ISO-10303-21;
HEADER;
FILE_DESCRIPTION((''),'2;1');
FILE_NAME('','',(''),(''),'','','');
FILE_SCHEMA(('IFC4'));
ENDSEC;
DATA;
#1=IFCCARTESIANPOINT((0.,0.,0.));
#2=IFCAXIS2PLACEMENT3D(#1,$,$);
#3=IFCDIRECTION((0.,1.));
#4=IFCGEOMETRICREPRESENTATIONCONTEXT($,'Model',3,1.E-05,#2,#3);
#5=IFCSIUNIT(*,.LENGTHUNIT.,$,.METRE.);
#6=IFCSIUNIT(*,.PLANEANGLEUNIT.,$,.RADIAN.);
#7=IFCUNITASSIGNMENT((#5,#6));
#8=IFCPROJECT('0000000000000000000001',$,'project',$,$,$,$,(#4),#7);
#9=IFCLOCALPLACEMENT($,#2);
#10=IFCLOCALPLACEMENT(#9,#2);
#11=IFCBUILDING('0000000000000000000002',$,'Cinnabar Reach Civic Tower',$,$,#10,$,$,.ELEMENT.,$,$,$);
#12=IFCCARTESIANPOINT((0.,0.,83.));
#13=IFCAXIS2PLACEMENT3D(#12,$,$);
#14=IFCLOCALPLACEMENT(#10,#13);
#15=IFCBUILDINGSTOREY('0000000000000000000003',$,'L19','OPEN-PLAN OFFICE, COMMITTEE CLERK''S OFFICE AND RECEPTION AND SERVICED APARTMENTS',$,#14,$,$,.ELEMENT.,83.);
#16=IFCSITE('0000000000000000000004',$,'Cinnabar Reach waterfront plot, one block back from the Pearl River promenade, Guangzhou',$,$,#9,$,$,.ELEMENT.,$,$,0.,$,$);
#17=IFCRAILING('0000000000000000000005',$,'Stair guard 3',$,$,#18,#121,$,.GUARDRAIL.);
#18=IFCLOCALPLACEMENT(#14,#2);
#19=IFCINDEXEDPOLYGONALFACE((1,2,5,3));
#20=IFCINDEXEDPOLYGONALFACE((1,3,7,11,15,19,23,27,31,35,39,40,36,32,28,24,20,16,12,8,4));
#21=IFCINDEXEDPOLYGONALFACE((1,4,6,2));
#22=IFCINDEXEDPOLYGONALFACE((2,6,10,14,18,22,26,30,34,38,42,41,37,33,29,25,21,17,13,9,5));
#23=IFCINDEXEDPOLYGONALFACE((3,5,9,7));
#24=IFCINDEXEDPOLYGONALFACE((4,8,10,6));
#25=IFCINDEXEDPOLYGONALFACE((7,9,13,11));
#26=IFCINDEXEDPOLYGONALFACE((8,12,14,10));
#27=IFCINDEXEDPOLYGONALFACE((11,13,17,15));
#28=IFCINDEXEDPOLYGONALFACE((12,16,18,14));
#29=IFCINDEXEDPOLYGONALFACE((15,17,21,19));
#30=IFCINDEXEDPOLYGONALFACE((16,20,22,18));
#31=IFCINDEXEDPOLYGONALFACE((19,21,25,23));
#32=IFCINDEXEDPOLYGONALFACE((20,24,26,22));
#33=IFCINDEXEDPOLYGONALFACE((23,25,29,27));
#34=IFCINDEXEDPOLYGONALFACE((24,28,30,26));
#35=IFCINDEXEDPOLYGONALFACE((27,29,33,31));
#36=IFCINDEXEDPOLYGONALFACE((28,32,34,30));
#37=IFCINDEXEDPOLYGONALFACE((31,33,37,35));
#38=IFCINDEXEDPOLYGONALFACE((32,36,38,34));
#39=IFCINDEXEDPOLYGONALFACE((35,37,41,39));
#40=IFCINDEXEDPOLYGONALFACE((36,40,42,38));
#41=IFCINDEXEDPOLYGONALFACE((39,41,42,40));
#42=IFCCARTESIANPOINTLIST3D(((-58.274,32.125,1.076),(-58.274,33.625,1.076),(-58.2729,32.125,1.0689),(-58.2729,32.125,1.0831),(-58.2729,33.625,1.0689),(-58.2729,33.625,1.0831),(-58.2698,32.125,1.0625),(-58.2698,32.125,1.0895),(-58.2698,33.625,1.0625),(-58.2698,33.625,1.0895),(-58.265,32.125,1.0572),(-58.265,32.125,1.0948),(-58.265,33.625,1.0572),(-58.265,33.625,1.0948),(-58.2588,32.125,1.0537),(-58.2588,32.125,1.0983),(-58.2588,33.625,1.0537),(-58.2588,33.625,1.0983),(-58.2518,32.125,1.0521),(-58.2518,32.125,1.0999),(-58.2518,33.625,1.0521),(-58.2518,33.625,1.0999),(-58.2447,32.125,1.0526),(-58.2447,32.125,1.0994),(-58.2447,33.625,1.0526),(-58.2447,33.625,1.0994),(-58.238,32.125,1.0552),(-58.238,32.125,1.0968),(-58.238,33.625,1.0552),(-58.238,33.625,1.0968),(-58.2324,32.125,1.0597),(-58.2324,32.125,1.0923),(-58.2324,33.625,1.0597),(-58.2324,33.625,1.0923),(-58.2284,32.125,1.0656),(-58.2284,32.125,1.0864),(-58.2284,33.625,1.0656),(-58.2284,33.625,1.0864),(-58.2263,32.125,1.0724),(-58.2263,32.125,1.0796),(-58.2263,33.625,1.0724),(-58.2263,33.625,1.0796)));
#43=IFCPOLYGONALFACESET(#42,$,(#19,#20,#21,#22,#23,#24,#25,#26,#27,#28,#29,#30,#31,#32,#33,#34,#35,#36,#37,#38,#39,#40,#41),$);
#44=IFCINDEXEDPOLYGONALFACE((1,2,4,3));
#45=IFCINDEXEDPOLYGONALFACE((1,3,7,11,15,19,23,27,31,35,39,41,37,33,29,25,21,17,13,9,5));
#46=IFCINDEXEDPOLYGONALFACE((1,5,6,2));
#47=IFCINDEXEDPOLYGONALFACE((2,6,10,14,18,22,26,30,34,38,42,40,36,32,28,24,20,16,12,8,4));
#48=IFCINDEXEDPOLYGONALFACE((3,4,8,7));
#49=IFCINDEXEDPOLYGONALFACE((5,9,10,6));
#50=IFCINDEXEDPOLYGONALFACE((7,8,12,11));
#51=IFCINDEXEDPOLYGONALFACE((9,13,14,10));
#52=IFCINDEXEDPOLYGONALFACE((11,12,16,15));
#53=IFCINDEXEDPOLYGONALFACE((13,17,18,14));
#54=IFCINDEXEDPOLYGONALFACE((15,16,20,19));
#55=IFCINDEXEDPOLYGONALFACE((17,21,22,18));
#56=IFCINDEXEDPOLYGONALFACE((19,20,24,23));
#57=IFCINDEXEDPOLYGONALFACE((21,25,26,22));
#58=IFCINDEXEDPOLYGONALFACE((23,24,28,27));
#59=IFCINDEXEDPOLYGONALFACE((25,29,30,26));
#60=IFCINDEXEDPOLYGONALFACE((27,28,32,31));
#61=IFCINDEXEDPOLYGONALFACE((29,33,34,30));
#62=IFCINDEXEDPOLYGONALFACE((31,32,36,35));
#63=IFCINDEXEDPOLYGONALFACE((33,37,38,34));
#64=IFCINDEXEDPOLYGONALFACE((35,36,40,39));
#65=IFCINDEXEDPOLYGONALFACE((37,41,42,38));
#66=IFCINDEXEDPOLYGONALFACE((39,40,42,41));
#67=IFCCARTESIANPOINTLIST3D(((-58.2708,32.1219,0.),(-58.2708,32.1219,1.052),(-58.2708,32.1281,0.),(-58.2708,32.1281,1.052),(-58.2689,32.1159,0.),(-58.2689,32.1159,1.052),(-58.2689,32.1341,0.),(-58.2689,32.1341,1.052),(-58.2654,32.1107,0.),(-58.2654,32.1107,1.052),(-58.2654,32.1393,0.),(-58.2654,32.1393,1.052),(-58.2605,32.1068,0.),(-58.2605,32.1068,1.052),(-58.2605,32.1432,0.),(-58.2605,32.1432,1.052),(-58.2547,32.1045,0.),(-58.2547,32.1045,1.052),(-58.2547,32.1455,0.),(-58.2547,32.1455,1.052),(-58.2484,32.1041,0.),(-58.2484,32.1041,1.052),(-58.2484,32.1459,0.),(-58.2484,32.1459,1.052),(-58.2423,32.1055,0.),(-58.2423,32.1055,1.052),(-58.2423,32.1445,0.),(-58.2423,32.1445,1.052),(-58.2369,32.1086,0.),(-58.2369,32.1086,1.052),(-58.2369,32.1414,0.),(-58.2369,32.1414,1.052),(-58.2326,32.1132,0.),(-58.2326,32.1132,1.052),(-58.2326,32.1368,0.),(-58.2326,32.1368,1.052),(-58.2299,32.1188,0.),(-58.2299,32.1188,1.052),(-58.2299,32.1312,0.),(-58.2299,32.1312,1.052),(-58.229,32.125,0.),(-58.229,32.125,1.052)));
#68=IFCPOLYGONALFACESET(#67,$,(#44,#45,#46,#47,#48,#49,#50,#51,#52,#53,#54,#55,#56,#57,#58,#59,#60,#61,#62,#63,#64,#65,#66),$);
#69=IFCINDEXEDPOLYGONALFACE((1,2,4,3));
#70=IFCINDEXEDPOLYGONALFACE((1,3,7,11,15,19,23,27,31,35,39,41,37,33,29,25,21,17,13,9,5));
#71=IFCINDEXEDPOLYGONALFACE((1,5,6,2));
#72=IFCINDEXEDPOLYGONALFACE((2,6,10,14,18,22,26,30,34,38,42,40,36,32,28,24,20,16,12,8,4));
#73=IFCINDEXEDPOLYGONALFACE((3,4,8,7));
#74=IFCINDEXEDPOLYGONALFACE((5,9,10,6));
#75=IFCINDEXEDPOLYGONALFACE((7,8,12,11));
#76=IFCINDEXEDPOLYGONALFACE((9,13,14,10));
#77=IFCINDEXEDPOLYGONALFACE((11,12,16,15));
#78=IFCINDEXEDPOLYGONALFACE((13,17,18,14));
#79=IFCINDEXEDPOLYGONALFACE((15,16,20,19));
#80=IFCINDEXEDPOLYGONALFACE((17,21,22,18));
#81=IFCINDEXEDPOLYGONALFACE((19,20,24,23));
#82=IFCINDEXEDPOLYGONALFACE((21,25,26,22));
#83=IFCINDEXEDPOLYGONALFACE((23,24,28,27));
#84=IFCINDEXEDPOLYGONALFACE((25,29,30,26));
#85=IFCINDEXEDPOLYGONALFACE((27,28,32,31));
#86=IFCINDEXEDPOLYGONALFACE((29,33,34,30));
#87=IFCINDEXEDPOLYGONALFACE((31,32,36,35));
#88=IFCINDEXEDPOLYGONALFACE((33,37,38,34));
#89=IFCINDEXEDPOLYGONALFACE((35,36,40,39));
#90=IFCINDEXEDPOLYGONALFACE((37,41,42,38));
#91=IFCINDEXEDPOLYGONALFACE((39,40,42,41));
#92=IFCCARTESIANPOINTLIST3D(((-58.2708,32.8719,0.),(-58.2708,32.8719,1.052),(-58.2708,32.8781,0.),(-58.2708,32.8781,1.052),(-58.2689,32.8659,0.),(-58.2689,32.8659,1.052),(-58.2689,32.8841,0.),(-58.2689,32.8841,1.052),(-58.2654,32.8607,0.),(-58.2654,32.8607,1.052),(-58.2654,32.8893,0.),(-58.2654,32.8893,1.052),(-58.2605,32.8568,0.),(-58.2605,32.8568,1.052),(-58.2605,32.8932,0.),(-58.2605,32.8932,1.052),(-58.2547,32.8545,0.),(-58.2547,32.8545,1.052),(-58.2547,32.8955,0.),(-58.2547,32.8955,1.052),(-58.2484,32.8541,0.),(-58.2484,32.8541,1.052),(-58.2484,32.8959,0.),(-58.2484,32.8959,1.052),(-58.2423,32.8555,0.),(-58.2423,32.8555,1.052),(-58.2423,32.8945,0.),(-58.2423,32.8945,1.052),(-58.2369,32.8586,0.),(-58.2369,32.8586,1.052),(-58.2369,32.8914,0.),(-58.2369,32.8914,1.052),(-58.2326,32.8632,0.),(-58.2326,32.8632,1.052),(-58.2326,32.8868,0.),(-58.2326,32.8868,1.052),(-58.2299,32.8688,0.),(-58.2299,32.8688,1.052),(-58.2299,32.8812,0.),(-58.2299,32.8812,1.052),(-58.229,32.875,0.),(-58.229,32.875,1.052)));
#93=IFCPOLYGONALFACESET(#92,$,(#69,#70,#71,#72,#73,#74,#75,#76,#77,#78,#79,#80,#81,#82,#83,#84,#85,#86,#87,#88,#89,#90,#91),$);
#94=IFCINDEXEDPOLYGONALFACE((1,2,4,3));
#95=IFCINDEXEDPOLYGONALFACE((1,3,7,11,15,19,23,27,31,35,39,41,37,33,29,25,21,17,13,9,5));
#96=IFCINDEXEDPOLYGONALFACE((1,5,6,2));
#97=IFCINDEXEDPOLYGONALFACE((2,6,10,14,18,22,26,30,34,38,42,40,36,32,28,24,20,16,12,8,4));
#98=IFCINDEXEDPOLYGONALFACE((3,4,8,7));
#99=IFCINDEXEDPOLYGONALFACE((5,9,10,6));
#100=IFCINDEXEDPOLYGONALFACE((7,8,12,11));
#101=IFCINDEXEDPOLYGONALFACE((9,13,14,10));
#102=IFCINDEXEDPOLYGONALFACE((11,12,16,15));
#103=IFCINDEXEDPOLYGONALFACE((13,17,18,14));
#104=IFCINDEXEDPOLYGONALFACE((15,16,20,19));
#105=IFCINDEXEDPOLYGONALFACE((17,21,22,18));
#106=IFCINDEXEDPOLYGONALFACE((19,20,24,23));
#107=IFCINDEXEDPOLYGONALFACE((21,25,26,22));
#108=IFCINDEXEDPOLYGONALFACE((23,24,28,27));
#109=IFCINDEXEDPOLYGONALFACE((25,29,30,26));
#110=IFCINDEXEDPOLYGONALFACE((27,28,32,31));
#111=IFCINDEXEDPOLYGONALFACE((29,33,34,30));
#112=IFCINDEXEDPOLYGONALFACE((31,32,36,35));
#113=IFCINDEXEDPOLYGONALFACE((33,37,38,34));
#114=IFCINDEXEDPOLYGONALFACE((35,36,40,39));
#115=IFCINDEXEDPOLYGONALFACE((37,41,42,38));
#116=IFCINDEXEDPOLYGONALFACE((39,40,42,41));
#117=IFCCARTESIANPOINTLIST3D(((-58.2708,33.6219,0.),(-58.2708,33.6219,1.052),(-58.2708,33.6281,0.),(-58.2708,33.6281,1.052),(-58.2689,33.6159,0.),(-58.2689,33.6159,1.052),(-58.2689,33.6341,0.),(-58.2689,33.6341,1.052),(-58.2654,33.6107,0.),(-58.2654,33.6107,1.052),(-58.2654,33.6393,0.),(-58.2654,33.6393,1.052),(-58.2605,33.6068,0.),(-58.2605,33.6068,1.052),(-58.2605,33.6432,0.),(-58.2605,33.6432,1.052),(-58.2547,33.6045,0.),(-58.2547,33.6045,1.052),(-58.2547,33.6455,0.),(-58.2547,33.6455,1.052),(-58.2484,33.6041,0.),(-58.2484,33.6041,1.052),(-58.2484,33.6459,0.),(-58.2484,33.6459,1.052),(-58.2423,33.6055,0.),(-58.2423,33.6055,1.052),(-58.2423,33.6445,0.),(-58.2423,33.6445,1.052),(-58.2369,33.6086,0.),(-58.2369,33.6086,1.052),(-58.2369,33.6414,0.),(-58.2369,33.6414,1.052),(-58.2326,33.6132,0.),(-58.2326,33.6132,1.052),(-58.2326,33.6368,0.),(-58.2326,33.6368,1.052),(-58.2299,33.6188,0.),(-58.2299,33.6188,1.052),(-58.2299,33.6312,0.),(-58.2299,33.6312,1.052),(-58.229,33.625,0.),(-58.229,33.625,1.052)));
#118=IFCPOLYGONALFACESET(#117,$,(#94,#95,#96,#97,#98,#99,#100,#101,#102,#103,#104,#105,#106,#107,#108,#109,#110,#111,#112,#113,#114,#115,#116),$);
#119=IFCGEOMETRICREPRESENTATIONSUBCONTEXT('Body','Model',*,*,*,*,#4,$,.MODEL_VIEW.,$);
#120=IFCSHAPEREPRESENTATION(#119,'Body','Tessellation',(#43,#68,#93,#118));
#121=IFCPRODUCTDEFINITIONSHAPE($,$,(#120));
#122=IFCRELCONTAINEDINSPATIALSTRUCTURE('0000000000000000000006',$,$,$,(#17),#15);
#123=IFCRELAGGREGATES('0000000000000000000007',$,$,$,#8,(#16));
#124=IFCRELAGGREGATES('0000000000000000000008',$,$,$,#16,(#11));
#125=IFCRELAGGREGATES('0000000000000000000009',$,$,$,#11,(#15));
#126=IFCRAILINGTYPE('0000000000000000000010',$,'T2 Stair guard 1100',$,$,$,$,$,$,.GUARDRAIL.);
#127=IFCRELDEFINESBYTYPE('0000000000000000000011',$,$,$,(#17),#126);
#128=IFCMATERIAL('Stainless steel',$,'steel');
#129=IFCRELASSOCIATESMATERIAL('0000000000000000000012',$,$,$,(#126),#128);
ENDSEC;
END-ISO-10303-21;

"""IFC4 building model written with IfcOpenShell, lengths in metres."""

from ifc_helpers import new_model, si_unit, direction, frame, origin, origin_2d, place, context, subcontext, project, spatial, circle, extrude, material, type_object, element, save


model = new_model("IFC4")

# Units and contexts
model_context = context("Model", 3, precision=1e-05, world=origin(), true_north=direction((0.0, 1.0)))
body_context = subcontext(model_context, "Body", "Model", "MODEL_VIEW")
ifc_project = project(units=[si_unit("LENGTHUNIT", "METRE"), si_unit("PLANEANGLEUNIT", "RADIAN")], contexts=[model_context])

# Site, building, storey
site_placement = place(None, origin())
site = spatial("IfcSite", under=ifc_project, at=site_placement, Name="Cinnabar Reach waterfront plot, one block back from the Pearl River promenade, Guangzhou", CompositionType="ELEMENT", RefElevation=0.0)
building_placement = place(site_placement, origin())
building = spatial("IfcBuilding", under=site, at=building_placement, Name="Cinnabar Reach Civic Tower", CompositionType="ELEMENT")
storey_placement = place(building_placement, frame((0.0, 0.0, 83.0)))
storey = spatial("IfcBuildingStorey", under=building, at=storey_placement, Name="L19", Description="OPEN-PLAN OFFICE, COMMITTEE CLERK'S OFFICE AND RECEPTION AND SERVICED APARTMENTS", CompositionType="ELEMENT", Elevation=83.0)

# Railing
ifc_material_1 = material(Name="Stainless steel", Category="steel")
railing_type = type_object("IfcRailingType", Name="T2 Stair guard 1100", PredefinedType="GUARDRAIL", material=ifc_material_1)
railing_1_placement = place(storey_placement, frame((-58.25, 32.125, 0.0)))
element("IfcRailing", 1, at=railing_1_placement, inside=storey, type_object=railing_type, Name="Stair guard 3", PredefinedType="GUARDRAIL", context=body_context, shape_type="SweptSolid", body=[
    extrude(circle(Radius=0.024, at=origin_2d()), frame((0.0, 0.0, 1.076), z_axis=(0.0, 1.0, 0.0), x_axis=(-1.0, 0.0, 0.0)), (0.0, 0.0, 1.0), 1.5),
    extrude(circle(Radius=0.021, at=origin_2d()), origin(), (0.0, 0.0, 1.0), 1.052),
    extrude(circle(Radius=0.021, at=origin_2d()), frame((0.0, 0.75, 0.0)), (0.0, 0.0, 1.0), 1.052),
    extrude(circle(Radius=0.021, at=origin_2d()), frame((0.0, 1.5, 0.0)), (0.0, 0.0, 1.0), 1.052),
])

save(model, "model.ifc")
